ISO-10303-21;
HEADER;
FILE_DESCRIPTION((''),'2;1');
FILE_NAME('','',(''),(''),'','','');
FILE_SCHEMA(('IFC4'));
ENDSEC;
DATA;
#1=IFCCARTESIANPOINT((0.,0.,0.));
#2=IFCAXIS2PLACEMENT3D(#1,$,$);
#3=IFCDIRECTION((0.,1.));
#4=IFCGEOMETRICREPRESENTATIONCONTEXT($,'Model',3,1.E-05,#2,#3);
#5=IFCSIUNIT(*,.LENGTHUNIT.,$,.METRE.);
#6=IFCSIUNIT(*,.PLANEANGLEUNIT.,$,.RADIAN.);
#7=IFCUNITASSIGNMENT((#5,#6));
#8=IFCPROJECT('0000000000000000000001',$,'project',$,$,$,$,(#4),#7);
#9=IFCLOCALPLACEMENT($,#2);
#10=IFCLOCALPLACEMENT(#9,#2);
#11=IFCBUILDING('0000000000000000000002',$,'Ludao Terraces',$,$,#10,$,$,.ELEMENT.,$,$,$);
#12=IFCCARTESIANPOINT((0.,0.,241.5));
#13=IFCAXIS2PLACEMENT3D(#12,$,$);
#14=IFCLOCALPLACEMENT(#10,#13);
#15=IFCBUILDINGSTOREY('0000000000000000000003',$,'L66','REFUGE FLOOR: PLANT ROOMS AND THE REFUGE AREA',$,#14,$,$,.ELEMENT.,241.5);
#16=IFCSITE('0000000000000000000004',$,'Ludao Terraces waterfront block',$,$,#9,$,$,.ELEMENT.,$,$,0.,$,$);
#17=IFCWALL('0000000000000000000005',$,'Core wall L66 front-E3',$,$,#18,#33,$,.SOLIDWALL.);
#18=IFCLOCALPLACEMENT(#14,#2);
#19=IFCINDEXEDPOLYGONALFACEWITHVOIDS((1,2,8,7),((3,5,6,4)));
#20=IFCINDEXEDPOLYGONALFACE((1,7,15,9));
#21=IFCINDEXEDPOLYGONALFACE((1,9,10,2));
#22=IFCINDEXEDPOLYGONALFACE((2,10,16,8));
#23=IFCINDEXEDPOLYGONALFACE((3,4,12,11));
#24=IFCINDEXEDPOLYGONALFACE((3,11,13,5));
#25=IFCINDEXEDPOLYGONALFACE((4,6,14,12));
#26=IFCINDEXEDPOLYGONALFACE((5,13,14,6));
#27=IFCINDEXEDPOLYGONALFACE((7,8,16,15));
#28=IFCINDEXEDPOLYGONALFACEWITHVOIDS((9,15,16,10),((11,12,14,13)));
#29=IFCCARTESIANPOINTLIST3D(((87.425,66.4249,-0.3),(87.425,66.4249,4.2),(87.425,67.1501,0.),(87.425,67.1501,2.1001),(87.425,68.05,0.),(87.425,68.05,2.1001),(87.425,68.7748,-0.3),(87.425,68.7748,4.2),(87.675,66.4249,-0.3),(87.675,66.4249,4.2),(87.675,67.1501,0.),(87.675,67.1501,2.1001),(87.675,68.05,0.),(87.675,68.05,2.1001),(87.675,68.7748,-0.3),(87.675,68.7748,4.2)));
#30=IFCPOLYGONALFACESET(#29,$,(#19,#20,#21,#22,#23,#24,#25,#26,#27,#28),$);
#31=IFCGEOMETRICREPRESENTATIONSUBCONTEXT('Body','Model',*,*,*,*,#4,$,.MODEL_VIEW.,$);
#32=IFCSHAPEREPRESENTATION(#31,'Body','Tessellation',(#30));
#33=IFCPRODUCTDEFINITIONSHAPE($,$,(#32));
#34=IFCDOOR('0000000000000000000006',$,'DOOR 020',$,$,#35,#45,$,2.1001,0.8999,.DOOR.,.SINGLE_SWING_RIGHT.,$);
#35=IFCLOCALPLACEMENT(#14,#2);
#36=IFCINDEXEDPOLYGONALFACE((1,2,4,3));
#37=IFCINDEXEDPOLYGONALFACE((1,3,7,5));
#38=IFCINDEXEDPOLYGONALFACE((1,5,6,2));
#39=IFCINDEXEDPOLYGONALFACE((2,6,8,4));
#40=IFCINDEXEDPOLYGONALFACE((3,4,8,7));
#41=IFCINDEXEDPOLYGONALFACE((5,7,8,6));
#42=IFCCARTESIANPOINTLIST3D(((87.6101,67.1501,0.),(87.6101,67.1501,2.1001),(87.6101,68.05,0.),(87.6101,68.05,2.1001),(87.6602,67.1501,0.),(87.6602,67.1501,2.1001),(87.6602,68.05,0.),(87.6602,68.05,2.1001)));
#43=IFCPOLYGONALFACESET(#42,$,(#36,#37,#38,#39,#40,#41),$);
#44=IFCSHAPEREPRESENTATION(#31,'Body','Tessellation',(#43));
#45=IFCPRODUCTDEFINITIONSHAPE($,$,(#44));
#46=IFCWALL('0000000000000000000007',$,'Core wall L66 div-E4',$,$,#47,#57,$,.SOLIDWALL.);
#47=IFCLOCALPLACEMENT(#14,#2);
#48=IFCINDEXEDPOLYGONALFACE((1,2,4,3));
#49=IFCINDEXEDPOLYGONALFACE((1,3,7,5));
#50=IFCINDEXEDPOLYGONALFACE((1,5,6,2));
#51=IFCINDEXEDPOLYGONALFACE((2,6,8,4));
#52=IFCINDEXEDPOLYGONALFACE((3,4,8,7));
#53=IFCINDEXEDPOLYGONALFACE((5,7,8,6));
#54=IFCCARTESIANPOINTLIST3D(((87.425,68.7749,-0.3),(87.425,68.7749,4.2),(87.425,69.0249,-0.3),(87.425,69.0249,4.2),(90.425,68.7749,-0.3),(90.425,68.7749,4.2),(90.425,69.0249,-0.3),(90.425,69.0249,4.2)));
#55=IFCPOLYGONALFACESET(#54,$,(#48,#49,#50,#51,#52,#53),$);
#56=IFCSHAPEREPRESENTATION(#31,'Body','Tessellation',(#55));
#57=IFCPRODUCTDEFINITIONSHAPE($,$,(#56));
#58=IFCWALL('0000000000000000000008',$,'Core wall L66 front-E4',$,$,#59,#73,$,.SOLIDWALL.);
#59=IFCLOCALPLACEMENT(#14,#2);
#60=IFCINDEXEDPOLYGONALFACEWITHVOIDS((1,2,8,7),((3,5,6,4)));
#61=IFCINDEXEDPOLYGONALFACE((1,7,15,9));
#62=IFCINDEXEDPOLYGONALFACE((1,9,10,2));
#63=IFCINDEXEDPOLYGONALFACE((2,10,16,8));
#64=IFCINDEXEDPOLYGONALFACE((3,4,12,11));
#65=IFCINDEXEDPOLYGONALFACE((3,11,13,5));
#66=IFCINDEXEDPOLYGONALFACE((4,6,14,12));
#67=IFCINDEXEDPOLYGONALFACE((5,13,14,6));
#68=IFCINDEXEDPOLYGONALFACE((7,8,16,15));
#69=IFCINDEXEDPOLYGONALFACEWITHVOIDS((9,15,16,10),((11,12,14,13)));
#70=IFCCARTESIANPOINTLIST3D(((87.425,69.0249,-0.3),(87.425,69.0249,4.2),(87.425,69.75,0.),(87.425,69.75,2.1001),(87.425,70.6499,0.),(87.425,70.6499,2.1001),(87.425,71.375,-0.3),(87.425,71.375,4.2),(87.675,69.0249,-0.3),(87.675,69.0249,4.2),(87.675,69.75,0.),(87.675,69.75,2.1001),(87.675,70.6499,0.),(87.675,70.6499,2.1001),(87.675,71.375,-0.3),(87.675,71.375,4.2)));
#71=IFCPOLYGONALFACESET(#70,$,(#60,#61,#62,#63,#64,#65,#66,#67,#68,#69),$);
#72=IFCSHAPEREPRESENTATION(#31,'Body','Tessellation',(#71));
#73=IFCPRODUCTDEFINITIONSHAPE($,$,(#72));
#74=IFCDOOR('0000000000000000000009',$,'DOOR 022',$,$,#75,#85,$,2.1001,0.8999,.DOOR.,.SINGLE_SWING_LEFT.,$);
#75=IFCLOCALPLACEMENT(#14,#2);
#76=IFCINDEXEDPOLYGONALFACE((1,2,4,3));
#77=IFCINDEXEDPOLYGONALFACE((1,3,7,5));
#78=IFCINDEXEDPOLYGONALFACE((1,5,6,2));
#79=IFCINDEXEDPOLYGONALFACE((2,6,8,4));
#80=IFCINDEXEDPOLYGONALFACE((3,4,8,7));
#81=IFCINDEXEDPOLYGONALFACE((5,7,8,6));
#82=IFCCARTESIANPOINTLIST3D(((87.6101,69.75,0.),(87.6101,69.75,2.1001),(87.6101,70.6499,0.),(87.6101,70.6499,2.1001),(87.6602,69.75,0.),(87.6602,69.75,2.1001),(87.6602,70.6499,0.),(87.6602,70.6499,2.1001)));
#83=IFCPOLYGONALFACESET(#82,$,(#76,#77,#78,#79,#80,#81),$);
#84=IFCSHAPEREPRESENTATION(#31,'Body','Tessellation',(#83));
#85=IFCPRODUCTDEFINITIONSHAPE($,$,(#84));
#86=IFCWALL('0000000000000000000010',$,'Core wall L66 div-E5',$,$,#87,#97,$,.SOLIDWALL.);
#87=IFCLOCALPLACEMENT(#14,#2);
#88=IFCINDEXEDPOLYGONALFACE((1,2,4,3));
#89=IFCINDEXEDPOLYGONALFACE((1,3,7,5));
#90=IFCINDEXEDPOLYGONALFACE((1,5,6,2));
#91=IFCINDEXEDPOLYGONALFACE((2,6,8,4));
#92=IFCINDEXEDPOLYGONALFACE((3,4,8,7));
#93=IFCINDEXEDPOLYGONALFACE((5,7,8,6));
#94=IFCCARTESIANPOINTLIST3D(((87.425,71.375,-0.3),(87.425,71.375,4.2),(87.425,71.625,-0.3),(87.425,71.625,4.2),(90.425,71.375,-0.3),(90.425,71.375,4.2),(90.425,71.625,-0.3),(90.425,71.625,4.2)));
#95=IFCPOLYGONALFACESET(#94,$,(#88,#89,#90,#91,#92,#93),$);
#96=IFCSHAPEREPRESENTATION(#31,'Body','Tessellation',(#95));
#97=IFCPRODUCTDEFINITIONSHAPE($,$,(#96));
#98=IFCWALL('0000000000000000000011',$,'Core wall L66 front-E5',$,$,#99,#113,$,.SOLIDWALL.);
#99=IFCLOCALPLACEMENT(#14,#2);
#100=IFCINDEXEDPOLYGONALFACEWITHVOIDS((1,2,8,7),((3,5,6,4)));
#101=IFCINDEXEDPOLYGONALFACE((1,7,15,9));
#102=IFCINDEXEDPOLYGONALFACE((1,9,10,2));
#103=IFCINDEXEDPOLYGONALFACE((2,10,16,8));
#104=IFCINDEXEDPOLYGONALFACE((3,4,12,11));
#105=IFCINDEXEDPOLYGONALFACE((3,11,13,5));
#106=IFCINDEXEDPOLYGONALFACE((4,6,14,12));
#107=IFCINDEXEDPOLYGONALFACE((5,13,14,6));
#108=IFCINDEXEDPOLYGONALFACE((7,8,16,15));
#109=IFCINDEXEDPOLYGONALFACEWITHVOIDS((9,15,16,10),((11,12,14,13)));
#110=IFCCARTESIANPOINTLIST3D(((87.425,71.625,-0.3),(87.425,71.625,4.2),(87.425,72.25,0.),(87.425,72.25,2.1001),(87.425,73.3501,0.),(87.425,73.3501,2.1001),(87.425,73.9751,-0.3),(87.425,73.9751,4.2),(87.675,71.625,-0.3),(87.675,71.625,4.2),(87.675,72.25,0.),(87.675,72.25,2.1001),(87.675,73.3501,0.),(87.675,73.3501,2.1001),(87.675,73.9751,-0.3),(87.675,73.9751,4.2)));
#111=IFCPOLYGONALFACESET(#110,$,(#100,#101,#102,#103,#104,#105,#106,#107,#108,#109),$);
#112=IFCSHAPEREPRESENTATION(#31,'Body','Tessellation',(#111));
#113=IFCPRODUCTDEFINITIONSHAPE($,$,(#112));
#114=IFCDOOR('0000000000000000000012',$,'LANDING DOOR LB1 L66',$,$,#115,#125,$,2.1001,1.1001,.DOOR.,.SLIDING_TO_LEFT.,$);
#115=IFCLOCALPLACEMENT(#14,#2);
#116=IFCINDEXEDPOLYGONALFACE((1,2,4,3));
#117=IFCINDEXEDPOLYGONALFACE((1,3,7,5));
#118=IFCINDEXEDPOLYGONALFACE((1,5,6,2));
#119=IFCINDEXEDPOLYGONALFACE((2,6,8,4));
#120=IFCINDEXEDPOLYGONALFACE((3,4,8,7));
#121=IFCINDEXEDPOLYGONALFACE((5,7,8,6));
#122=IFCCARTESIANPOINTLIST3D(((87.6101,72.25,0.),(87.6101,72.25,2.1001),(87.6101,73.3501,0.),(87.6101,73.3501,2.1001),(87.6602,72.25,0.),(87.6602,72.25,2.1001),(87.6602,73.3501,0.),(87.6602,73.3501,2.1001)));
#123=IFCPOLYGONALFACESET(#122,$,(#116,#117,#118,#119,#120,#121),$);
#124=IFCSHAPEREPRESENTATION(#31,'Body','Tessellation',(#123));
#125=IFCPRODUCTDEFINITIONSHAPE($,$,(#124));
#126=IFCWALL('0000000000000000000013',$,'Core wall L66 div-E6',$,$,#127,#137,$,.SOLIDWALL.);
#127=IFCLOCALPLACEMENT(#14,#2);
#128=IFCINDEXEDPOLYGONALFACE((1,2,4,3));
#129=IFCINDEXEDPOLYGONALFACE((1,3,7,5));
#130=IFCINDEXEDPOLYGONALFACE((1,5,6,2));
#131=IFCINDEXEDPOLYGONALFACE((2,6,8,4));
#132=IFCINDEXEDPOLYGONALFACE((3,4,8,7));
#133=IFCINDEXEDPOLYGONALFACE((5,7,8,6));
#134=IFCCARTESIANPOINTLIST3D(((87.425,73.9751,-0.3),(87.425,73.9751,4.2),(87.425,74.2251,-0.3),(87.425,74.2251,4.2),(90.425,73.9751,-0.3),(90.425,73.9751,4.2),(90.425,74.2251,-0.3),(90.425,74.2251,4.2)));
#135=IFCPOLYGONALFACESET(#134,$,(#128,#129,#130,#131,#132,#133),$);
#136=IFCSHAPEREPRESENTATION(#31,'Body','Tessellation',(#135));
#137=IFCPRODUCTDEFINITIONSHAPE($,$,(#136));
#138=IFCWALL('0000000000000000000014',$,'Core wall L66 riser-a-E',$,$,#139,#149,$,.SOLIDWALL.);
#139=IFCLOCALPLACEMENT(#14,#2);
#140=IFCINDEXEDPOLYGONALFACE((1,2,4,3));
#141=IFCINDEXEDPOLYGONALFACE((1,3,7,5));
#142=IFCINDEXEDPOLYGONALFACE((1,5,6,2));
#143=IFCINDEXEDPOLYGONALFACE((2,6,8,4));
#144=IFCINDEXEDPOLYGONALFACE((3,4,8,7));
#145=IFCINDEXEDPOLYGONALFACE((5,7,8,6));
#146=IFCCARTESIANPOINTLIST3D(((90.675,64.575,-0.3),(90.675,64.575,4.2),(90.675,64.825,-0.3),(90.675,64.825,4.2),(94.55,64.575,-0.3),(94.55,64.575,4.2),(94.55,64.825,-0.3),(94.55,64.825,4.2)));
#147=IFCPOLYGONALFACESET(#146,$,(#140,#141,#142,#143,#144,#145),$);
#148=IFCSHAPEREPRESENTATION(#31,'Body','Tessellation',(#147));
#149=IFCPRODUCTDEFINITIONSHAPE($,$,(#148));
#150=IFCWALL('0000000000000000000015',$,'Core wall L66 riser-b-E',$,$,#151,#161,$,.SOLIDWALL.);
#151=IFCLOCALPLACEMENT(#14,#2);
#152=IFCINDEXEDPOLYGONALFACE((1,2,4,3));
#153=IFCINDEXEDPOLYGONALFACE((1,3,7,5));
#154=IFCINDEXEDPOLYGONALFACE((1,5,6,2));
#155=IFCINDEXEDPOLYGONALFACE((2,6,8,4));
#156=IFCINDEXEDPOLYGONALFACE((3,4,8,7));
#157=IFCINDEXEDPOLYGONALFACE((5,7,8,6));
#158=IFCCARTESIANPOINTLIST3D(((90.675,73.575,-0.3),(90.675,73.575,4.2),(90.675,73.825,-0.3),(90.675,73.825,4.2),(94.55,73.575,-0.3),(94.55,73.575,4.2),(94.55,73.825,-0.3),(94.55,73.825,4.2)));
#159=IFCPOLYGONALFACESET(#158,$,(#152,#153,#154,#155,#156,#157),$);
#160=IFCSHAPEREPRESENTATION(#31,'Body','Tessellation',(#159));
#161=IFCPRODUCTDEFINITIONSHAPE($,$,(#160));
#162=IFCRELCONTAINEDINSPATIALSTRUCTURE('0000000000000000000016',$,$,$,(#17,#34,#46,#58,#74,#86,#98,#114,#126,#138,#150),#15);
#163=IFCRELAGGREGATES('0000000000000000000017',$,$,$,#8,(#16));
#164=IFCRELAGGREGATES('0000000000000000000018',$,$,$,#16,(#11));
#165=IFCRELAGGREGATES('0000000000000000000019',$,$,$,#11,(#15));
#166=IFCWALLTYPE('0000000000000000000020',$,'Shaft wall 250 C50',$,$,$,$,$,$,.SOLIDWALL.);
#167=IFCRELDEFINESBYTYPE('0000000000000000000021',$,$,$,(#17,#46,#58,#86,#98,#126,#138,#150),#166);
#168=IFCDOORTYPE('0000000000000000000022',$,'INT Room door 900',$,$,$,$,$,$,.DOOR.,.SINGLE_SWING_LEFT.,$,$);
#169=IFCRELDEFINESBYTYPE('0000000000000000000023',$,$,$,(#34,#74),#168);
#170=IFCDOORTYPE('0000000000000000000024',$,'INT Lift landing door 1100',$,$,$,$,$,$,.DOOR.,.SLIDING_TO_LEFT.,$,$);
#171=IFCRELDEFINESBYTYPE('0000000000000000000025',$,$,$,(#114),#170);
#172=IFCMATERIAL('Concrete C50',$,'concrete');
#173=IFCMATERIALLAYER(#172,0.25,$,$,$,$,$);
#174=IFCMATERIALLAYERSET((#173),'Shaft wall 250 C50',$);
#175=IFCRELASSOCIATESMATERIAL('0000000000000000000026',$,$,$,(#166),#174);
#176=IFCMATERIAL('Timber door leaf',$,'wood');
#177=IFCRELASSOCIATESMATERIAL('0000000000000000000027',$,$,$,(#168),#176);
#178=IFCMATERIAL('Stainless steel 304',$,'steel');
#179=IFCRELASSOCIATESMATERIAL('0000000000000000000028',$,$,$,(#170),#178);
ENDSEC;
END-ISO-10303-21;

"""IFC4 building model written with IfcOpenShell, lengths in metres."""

from ifc_helpers import new_model, si_unit, direction, frame, frame_2d, origin, place, context, subcontext, project, spatial, rectangle, extrude, material, layer, layer_set, type_object, element, fill, save


model = new_model("IFC4")

# Units and contexts
model_context = context("Model", 3, precision=1e-05, world=origin(), true_north=direction((0.0, 1.0)))
body_context = subcontext(model_context, "Body", "Model", "MODEL_VIEW")
ifc_project = project(units=[si_unit("LENGTHUNIT", "METRE"), si_unit("PLANEANGLEUNIT", "RADIAN")], contexts=[model_context])

# Site, building, storey
site_placement = place(None, origin())
site = spatial("IfcSite", under=ifc_project, at=site_placement, Name="Ludao Terraces waterfront block", CompositionType="ELEMENT", RefElevation=0.0)
building_placement = place(site_placement, origin())
building = spatial("IfcBuilding", under=site, at=building_placement, Name="Ludao Terraces", CompositionType="ELEMENT")
storey_placement = place(building_placement, frame((0.0, 0.0, 241.5)))
storey = spatial("IfcBuildingStorey", under=building, at=storey_placement, Name="L66", Description="REFUGE FLOOR: PLANT ROOMS AND THE REFUGE AREA", CompositionType="ELEMENT", Elevation=241.5)

# Shared definitions
ifc_material_1 = material(Name="Concrete C50", Category="concrete")
ifc_layer_1 = layer(ifc_material_1, 0.25)
ifc_layer_set_1 = layer_set([ifc_layer_1], Name="Shaft wall 250 C50")
wall_type_1 = type_object("IfcWallType", Name="Shaft wall 250 C50", PredefinedType="SOLIDWALL", material=ifc_layer_set_1)
ifc_material_2 = material(Name="Timber door leaf", Category="wood")
door_type_1 = type_object("IfcDoorType", Name="INT Room door 900", OperationType="SINGLE_SWING_LEFT", PredefinedType="DOOR", material=ifc_material_2)

# Wall, opening, door
wall_1_placement = place(storey_placement, frame((87.55, 66.425, -0.3), z_axis=(0.0, 0.0, 1.0), x_axis=(0.0, 1.0, 0.0)))
wall_1 = element("IfcWall", 1, at=wall_1_placement, inside=storey, type_object=wall_type_1, Name="Core wall L66 front-E3", PredefinedType="SOLIDWALL", context=body_context, shape_type="SweptSolid", body=[
    extrude(rectangle(XDim=2.3499, YDim=0.25, at=frame_2d((1.1748, 0.0))), origin(), (0.0, 0.0, 1.0), 4.5),
])
opening_1_placement = place(wall_1_placement, frame((0.7251, 0.0, 0.3)))
opening_1 = element("IfcOpeningElement", 2, at=opening_1_placement, cuts=wall_1, PredefinedType="OPENING", context=body_context, shape_type="SweptSolid", body=[
    extrude(rectangle(XDim=0.8999, YDim=2.1001, at=frame_2d((0.45, 1.05))), frame((0.0, 0.135, 0.0), z_axis=(0.0, -1.0, 0.0), x_axis=(1.0, 0.0, 0.0)), (0.0, 0.0, 1.0), 0.27),
])
door_1_placement = place(opening_1_placement, origin())
door_1 = element("IfcDoor", 3, at=door_1_placement, inside=storey, type_object=door_type_1, Name="DOOR 020", OperationType="SINGLE_SWING_RIGHT", OverallHeight=2.1001, OverallWidth=0.8999, PredefinedType="DOOR", context=body_context, shape_type="SweptSolid", body=[
    extrude(rectangle(XDim=0.8999, YDim=2.1001, at=frame_2d((0.45, 1.05))), frame((0.0, -0.0601, 0.0), z_axis=(0.0, -1.0, 0.0), x_axis=(1.0, 0.0, 0.0)), (0.0, 0.0, 1.0), 0.05),
])
fill(opening_1, door_1)

# Wall
wall_2_placement = place(storey_placement, frame((87.425, 68.8999, -0.3), z_axis=(0.0, 0.0, 1.0), x_axis=(1.0, 0.0, 0.0)))
element("IfcWall", 4, at=wall_2_placement, inside=storey, type_object=wall_type_1, Name="Core wall L66 div-E4", PredefinedType="SOLIDWALL", context=body_context, shape_type="SweptSolid", body=[
    extrude(rectangle(XDim=3.0, YDim=0.25, at=frame_2d((1.5, 0.0))), origin(), (0.0, 0.0, 1.0), 4.5),
])

# Wall, opening, door
wall_3_placement = place(storey_placement, frame((87.55, 69.0249, -0.3), z_axis=(0.0, 0.0, 1.0), x_axis=(0.0, 1.0, 0.0)))
wall_3 = element("IfcWall", 5, at=wall_3_placement, inside=storey, type_object=wall_type_1, Name="Core wall L66 front-E4", PredefinedType="SOLIDWALL", context=body_context, shape_type="SweptSolid", body=[
    extrude(rectangle(XDim=2.3501, YDim=0.25, at=frame_2d((1.175, 0.0))), origin(), (0.0, 0.0, 1.0), 4.5),
])
opening_2_placement = place(wall_3_placement, frame((0.7251, 0.0, 0.3)))
opening_2 = element("IfcOpeningElement", 6, at=opening_2_placement, cuts=wall_3, PredefinedType="OPENING", context=body_context, shape_type="SweptSolid", body=[
    extrude(rectangle(XDim=0.8999, YDim=2.1001, at=frame_2d((0.45, 1.05))), frame((0.0, 0.135, 0.0), z_axis=(0.0, -1.0, 0.0), x_axis=(1.0, 0.0, 0.0)), (0.0, 0.0, 1.0), 0.27),
])
door_2_placement = place(opening_2_placement, origin())
door_2 = element("IfcDoor", 7, at=door_2_placement, inside=storey, type_object=door_type_1, Name="DOOR 022", OperationType="SINGLE_SWING_LEFT", OverallHeight=2.1001, OverallWidth=0.8999, PredefinedType="DOOR", context=body_context, shape_type="SweptSolid", body=[
    extrude(rectangle(XDim=0.8999, YDim=2.1001, at=frame_2d((0.45, 1.05))), frame((0.0, -0.0601, 0.0), z_axis=(0.0, -1.0, 0.0), x_axis=(1.0, 0.0, 0.0)), (0.0, 0.0, 1.0), 0.05),
])
fill(opening_2, door_2)

# Wall
wall_4_placement = place(storey_placement, frame((87.425, 71.5, -0.3), z_axis=(0.0, 0.0, 1.0), x_axis=(1.0, 0.0, 0.0)))
element("IfcWall", 8, at=wall_4_placement, inside=storey, type_object=wall_type_1, Name="Core wall L66 div-E5", PredefinedType="SOLIDWALL", context=body_context, shape_type="SweptSolid", body=[
    extrude(rectangle(XDim=3.0, YDim=0.25, at=frame_2d((1.5, 0.0))), origin(), (0.0, 0.0, 1.0), 4.5),
])

# Wall, opening, door
wall_5_placement = place(storey_placement, frame((87.55, 71.625, -0.3), z_axis=(0.0, 0.0, 1.0), x_axis=(0.0, 1.0, 0.0)))
wall_5 = element("IfcWall", 9, at=wall_5_placement, inside=storey, type_object=wall_type_1, Name="Core wall L66 front-E5", PredefinedType="SOLIDWALL", context=body_context, shape_type="SweptSolid", body=[
    extrude(rectangle(XDim=2.3501, YDim=0.25, at=frame_2d((1.175, 0.0))), origin(), (0.0, 0.0, 1.0), 4.5),
])
opening_3_placement = place(wall_5_placement, frame((0.625, 0.0, 0.3)))
opening_3 = element("IfcOpeningElement", 10, at=opening_3_placement, cuts=wall_5, PredefinedType="OPENING", context=body_context, shape_type="SweptSolid", body=[
    extrude(rectangle(XDim=1.1001, YDim=2.1001, at=frame_2d((0.55, 1.05))), frame((0.0, 0.135, 0.0), z_axis=(0.0, -1.0, 0.0), x_axis=(1.0, 0.0, 0.0)), (0.0, 0.0, 1.0), 0.27),
])
ifc_material_3 = material(Name="Stainless steel 304", Category="steel")
door_type_2 = type_object("IfcDoorType", Name="INT Lift landing door 1100", OperationType="SLIDING_TO_LEFT", PredefinedType="DOOR", material=ifc_material_3)
door_3_placement = place(opening_3_placement, origin())
door_3 = element("IfcDoor", 11, at=door_3_placement, inside=storey, type_object=door_type_2, Name="LANDING DOOR LB1 L66", OperationType="SLIDING_TO_LEFT", OverallHeight=2.1001, OverallWidth=1.1001, PredefinedType="DOOR", context=body_context, shape_type="SweptSolid", body=[
    extrude(rectangle(XDim=1.1001, YDim=2.1001, at=frame_2d((0.55, 1.05))), frame((0.0, -0.0601, 0.0), z_axis=(0.0, -1.0, 0.0), x_axis=(1.0, 0.0, 0.0)), (0.0, 0.0, 1.0), 0.05),
])
fill(opening_3, door_3)

# Walls
wall_6_placement = place(storey_placement, frame((87.425, 74.1001, -0.3), z_axis=(0.0, 0.0, 1.0), x_axis=(1.0, 0.0, 0.0)))
element("IfcWall", 12, at=wall_6_placement, inside=storey, type_object=wall_type_1, Name="Core wall L66 div-E6", PredefinedType="SOLIDWALL", context=body_context, shape_type="SweptSolid", body=[
    extrude(rectangle(XDim=3.0, YDim=0.25, at=frame_2d((1.5, 0.0))), origin(), (0.0, 0.0, 1.0), 4.5),
])
for number, where, z_axis, x_axis, name in (
    (13, (90.675, 64.7, -0.3), (0.0, 0.0, 1.0), (1.0, 0.0, 0.0), "Core wall L66 riser-a-E"),
    (14, (90.675, 73.7, -0.3), (0.0, 0.0, 1.0), (1.0, 0.0, 0.0), "Core wall L66 riser-b-E"),
):
    element("IfcWall", number, at=place(storey_placement, frame(where, z_axis=z_axis, x_axis=x_axis)), inside=storey, type_object=wall_type_1, Name=name, PredefinedType="SOLIDWALL", context=body_context, shape_type="SweptSolid", body=[
        extrude(rectangle(XDim=3.875, YDim=0.25, at=frame_2d((1.9375, 0.0))), origin(), (0.0, 0.0, 1.0), 4.5),
    ])

save(model, "model.ifc")
